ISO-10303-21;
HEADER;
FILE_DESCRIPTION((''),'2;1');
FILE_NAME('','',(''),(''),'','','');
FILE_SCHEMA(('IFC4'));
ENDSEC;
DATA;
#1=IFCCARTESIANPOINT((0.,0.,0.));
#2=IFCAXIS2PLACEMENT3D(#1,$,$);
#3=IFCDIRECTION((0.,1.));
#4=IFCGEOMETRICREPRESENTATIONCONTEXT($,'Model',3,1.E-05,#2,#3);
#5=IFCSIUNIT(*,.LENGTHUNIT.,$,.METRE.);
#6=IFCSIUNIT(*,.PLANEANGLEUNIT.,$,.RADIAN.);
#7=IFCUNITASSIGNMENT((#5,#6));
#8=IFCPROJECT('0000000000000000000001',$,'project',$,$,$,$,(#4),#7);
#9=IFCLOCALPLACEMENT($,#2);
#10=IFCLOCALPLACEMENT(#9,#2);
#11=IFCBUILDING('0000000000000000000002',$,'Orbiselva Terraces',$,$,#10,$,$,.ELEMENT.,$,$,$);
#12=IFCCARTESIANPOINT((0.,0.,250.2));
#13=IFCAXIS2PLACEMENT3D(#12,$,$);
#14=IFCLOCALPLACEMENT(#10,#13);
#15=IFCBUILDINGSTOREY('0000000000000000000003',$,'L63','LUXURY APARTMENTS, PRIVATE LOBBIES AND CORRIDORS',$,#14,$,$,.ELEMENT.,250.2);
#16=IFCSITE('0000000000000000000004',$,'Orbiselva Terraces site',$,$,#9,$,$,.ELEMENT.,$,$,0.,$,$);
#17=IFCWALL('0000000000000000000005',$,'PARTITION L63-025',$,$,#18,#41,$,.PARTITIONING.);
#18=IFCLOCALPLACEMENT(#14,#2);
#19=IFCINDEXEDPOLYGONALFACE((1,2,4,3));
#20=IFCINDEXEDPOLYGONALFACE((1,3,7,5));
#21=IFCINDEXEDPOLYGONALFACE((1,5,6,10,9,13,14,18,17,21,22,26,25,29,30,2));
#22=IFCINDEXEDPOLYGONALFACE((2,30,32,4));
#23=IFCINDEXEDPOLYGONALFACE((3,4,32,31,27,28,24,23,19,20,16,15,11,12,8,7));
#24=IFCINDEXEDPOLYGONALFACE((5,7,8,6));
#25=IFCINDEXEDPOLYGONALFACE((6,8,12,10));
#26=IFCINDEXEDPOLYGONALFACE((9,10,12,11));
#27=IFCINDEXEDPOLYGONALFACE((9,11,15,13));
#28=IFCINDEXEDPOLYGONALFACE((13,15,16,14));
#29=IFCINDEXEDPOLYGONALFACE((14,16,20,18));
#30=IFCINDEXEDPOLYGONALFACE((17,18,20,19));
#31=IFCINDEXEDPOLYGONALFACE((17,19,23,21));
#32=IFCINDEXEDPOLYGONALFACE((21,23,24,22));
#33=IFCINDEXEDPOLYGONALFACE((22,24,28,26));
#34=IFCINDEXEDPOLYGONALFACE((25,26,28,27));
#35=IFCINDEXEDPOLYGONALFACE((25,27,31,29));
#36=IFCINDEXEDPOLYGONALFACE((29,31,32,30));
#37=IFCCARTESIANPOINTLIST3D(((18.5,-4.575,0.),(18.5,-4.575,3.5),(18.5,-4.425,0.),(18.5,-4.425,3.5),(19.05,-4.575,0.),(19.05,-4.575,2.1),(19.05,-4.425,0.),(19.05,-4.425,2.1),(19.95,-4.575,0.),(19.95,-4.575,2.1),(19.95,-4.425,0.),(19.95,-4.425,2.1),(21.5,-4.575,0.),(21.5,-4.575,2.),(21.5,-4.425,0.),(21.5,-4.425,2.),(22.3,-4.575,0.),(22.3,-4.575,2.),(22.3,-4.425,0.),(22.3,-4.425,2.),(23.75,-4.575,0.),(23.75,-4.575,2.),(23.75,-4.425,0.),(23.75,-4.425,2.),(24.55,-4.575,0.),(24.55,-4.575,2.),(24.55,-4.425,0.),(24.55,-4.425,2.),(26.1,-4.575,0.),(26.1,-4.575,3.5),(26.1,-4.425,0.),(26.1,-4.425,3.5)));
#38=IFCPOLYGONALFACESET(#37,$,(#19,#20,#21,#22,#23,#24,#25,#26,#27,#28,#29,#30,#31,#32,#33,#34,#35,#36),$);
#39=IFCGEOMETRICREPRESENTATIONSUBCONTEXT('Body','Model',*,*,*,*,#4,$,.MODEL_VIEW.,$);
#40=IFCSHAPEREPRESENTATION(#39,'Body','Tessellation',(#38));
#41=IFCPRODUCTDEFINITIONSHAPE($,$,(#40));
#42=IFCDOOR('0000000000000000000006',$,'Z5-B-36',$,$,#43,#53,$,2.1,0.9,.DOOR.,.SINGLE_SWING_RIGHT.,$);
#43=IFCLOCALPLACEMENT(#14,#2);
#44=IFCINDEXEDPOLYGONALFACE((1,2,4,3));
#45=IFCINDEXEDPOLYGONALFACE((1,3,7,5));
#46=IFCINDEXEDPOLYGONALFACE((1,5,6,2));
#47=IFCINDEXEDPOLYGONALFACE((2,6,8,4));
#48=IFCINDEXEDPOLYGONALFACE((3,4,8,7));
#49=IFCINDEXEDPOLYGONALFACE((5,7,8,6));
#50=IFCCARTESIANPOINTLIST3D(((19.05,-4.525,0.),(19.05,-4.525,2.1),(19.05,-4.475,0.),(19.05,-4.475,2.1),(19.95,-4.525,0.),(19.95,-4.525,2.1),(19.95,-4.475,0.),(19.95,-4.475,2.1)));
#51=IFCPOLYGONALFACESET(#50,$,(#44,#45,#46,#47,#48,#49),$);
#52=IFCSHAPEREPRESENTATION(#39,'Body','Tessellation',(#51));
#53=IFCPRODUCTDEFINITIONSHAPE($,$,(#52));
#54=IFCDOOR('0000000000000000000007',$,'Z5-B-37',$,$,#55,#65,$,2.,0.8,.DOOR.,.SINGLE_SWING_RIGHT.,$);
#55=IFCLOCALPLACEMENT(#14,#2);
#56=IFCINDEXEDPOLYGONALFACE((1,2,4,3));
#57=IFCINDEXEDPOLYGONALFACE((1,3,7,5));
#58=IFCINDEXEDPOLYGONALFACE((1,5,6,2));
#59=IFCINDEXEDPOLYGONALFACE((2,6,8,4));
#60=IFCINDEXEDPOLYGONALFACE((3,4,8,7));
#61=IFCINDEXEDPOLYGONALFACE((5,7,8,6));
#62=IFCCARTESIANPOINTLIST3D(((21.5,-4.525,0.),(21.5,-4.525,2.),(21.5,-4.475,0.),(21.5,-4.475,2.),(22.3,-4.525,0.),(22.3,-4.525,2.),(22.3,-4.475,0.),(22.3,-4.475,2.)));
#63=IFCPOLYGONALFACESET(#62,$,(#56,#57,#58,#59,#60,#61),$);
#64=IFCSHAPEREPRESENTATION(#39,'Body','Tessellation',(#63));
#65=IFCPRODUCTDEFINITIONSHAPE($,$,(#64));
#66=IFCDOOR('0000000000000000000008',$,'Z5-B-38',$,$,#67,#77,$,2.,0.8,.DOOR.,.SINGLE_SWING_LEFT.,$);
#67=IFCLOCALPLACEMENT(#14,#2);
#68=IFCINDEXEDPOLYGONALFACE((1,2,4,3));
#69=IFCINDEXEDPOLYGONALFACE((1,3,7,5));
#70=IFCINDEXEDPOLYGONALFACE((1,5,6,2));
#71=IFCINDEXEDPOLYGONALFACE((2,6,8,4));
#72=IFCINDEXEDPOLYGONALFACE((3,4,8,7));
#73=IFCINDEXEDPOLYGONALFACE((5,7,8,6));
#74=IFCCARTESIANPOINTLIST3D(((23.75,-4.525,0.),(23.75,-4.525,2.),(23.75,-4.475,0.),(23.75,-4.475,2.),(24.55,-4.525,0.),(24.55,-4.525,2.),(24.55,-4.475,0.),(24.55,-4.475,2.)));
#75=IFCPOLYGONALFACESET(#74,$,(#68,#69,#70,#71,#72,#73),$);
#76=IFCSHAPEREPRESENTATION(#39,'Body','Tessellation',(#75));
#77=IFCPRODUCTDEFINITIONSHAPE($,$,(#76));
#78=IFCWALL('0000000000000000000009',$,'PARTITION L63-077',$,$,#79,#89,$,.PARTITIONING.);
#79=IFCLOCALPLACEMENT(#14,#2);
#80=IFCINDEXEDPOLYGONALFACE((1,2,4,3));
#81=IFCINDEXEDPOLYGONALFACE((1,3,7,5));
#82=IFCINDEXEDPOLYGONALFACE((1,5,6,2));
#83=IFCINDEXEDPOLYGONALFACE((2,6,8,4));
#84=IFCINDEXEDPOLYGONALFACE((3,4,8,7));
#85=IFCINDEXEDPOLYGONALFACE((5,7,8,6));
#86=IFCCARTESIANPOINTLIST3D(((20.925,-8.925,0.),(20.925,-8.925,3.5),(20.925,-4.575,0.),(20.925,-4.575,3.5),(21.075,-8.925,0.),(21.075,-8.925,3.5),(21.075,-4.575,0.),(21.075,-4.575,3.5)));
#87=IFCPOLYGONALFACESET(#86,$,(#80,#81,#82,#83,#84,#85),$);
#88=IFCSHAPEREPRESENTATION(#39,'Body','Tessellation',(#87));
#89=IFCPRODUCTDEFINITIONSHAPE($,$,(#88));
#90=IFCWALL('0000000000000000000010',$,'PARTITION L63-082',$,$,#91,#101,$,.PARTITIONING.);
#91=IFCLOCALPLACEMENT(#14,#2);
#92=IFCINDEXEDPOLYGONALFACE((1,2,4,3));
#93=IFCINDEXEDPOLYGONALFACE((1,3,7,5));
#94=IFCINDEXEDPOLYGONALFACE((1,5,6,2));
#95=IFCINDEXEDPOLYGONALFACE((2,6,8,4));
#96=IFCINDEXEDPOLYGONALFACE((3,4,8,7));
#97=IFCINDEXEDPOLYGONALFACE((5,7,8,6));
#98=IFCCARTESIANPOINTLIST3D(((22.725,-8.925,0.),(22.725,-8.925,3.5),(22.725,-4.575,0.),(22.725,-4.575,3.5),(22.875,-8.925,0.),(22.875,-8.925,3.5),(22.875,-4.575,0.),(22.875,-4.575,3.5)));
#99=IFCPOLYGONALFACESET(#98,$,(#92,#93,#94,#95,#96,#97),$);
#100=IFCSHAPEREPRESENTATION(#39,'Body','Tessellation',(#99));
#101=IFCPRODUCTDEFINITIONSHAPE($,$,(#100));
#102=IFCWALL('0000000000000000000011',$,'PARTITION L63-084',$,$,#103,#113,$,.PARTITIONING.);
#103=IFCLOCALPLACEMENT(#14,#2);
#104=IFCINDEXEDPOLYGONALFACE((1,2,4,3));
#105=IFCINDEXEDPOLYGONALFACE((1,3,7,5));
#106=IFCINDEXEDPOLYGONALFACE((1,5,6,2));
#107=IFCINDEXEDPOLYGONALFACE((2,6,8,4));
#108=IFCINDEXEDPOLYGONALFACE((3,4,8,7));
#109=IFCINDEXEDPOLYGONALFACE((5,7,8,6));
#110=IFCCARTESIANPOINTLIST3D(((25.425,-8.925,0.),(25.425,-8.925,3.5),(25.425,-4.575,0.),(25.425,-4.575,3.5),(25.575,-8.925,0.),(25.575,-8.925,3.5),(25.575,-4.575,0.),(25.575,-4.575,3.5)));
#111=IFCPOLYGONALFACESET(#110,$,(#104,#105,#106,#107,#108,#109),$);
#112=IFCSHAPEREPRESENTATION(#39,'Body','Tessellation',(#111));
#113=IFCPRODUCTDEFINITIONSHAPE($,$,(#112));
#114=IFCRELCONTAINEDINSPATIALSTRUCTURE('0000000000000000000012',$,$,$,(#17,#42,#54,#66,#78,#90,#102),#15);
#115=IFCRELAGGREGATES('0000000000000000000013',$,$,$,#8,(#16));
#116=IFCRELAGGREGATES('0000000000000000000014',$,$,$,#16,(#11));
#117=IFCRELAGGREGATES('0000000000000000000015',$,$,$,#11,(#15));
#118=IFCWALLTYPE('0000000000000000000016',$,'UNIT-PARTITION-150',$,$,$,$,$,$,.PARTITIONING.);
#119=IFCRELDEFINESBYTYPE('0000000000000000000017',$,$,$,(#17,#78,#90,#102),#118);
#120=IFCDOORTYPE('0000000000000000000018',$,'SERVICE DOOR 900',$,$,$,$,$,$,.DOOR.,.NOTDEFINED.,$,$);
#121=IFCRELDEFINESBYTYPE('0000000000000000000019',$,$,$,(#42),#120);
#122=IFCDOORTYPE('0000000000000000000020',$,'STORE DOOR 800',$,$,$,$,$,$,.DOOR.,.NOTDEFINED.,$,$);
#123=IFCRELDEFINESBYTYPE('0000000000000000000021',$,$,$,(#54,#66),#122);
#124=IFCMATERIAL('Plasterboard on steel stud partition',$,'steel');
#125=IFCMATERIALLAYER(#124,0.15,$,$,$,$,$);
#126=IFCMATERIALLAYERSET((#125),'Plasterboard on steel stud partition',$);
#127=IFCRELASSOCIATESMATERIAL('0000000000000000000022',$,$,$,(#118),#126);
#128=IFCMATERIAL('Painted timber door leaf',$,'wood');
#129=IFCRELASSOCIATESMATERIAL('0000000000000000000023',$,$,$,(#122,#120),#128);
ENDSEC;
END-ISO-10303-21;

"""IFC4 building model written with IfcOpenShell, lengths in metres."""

from ifc_helpers import new_model, si_unit, direction, frame, frame_2d, origin, place, context, subcontext, project, spatial, rectangle, extrude, material, layer, layer_set, type_object, element, fill, save


model = new_model("IFC4")

# Units and contexts
model_context = context("Model", 3, precision=1e-05, world=origin(), true_north=direction((0.0, 1.0)))
body_context = subcontext(model_context, "Body", "Model", "MODEL_VIEW")
ifc_project = project(units=[si_unit("LENGTHUNIT", "METRE"), si_unit("PLANEANGLEUNIT", "RADIAN")], contexts=[model_context])

# Site, building, storey
site_placement = place(None, origin())
site = spatial("IfcSite", under=ifc_project, at=site_placement, Name="Orbiselva Terraces site", CompositionType="ELEMENT", RefElevation=0.0)
building_placement = place(site_placement, origin())
building = spatial("IfcBuilding", under=site, at=building_placement, Name="Orbiselva Terraces", CompositionType="ELEMENT")
storey_placement = place(building_placement, frame((0.0, 0.0, 250.2)))
storey = spatial("IfcBuildingStorey", under=building, at=storey_placement, Name="L63", Description="LUXURY APARTMENTS, PRIVATE LOBBIES AND CORRIDORS", CompositionType="ELEMENT", Elevation=250.2)

# Shared definitions
ifc_material_1 = material(Name="Plasterboard on steel stud partition", Category="steel")

# Shared definitions
ifc_layer_1 = layer(ifc_material_1, 0.15)
ifc_layer_set_1 = layer_set([ifc_layer_1], Name="Plasterboard on steel stud partition")
wall_type_1 = type_object("IfcWallType", Name="UNIT-PARTITION-150", PredefinedType="PARTITIONING", material=ifc_layer_set_1)
ifc_material_2 = material(Name="Painted timber door leaf", Category="wood")
door_type_1 = type_object("IfcDoorType", Name="STORE DOOR 800", OperationType="NOTDEFINED", PredefinedType="DOOR", material=ifc_material_2)

# Wall, openings, doors
wall_1_placement = place(storey_placement, frame((26.1, -4.5, 0.0), z_axis=(0.0, 0.0, 1.0), x_axis=(-1.0, 0.0, 0.0)))
wall_1 = element("IfcWall", 1, at=wall_1_placement, inside=storey, type_object=wall_type_1, Name="PARTITION L63-025", PredefinedType="PARTITIONING", context=body_context, shape_type="SweptSolid", body=[
    extrude(rectangle(XDim=7.6, YDim=0.15, at=frame_2d((3.8, 0.0))), origin(), (0.0, 0.0, 1.0), 3.5),
])
opening_1_placement = place(wall_1_placement, frame((6.15, 0.0, 0.0)))
opening_1 = element("IfcOpeningElement", 2, at=opening_1_placement, cuts=wall_1, PredefinedType="OPENING", context=body_context, shape_type="SweptSolid", body=[
    extrude(rectangle(XDim=0.9, YDim=2.1, at=frame_2d((0.45, 1.05))), frame((0.0, 0.085, 0.0), z_axis=(0.0, -1.0, 0.0), x_axis=(1.0, 0.0, 0.0)), (0.0, 0.0, 1.0), 0.17),
])
opening_2_placement = place(wall_1_placement, frame((3.8, 0.0, 0.0)))
opening_2 = element("IfcOpeningElement", 3, at=opening_2_placement, cuts=wall_1, PredefinedType="OPENING", context=body_context, shape_type="SweptSolid", body=[
    extrude(rectangle(XDim=0.8, YDim=2.0, at=frame_2d((0.4, 1.0))), frame((0.0, 0.085, 0.0), z_axis=(0.0, -1.0, 0.0), x_axis=(1.0, 0.0, 0.0)), (0.0, 0.0, 1.0), 0.17),
])
opening_3_placement = place(wall_1_placement, frame((1.55, 0.0, 0.0)))
opening_3 = element("IfcOpeningElement", 4, at=opening_3_placement, cuts=wall_1, PredefinedType="OPENING", context=body_context, shape_type="SweptSolid", body=[
    extrude(rectangle(XDim=0.8, YDim=2.0, at=frame_2d((0.4, 1.0))), frame((0.0, 0.085, 0.0), z_axis=(0.0, -1.0, 0.0), x_axis=(1.0, 0.0, 0.0)), (0.0, 0.0, 1.0), 0.17),
])
door_type_2 = type_object("IfcDoorType", Name="SERVICE DOOR 900", OperationType="NOTDEFINED", PredefinedType="DOOR", material=ifc_material_2)
door_1_placement = place(opening_1_placement, origin())
door_1 = element("IfcDoor", 5, at=door_1_placement, inside=storey, type_object=door_type_2, Name="Z5-B-36", OperationType="SINGLE_SWING_RIGHT", OverallHeight=2.1, OverallWidth=0.9, PredefinedType="DOOR", context=body_context, shape_type="SweptSolid", body=[
    extrude(rectangle(XDim=0.9, YDim=2.1, at=frame_2d((0.45, 1.05))), frame((0.0, 0.025, 0.0), z_axis=(0.0, -1.0, 0.0), x_axis=(1.0, 0.0, 0.0)), (0.0, 0.0, 1.0), 0.05),
])
fill(opening_1, door_1)
door_2_placement = place(opening_2_placement, origin())
door_2 = element("IfcDoor", 6, at=door_2_placement, inside=storey, type_object=door_type_1, Name="Z5-B-37", OperationType="SINGLE_SWING_RIGHT", OverallHeight=2.0, OverallWidth=0.8, PredefinedType="DOOR", context=body_context, shape_type="SweptSolid", body=[
    extrude(rectangle(XDim=0.8, YDim=2.0, at=frame_2d((0.4, 1.0))), frame((0.0, 0.025, 0.0), z_axis=(0.0, -1.0, 0.0), x_axis=(1.0, 0.0, 0.0)), (0.0, 0.0, 1.0), 0.05),
])
fill(opening_2, door_2)
door_3_placement = place(opening_3_placement, origin())
door_3 = element("IfcDoor", 7, at=door_3_placement, inside=storey, type_object=door_type_1, Name="Z5-B-38", OperationType="SINGLE_SWING_LEFT", OverallHeight=2.0, OverallWidth=0.8, PredefinedType="DOOR", context=body_context, shape_type="SweptSolid", body=[
    extrude(rectangle(XDim=0.8, YDim=2.0, at=frame_2d((0.4, 1.0))), frame((0.0, 0.025, 0.0), z_axis=(0.0, -1.0, 0.0), x_axis=(1.0, 0.0, 0.0)), (0.0, 0.0, 1.0), 0.05),
])
fill(opening_3, door_3)

# Walls
for number, where, z_axis, x_axis, name in (
    (8, (21.0, -8.925, 0.0), (0.0, 0.0, 1.0), (0.0, 1.0, 0.0), "PARTITION L63-077"),
    (9, (22.8, -8.925, 0.0), (0.0, 0.0, 1.0), (0.0, 1.0, 0.0), "PARTITION L63-082"),
    (10, (25.5, -8.925, 0.0), (0.0, 0.0, 1.0), (0.0, 1.0, 0.0), "PARTITION L63-084"),
):
    element("IfcWall", number, at=place(storey_placement, frame(where, z_axis=z_axis, x_axis=x_axis)), inside=storey, type_object=wall_type_1, Name=name, PredefinedType="PARTITIONING", context=body_context, shape_type="SweptSolid", body=[
        extrude(rectangle(XDim=4.35, YDim=0.15, at=frame_2d((2.175, 0.0))), origin(), (0.0, 0.0, 1.0), 3.5),
    ])

save(model, "model.ifc")
